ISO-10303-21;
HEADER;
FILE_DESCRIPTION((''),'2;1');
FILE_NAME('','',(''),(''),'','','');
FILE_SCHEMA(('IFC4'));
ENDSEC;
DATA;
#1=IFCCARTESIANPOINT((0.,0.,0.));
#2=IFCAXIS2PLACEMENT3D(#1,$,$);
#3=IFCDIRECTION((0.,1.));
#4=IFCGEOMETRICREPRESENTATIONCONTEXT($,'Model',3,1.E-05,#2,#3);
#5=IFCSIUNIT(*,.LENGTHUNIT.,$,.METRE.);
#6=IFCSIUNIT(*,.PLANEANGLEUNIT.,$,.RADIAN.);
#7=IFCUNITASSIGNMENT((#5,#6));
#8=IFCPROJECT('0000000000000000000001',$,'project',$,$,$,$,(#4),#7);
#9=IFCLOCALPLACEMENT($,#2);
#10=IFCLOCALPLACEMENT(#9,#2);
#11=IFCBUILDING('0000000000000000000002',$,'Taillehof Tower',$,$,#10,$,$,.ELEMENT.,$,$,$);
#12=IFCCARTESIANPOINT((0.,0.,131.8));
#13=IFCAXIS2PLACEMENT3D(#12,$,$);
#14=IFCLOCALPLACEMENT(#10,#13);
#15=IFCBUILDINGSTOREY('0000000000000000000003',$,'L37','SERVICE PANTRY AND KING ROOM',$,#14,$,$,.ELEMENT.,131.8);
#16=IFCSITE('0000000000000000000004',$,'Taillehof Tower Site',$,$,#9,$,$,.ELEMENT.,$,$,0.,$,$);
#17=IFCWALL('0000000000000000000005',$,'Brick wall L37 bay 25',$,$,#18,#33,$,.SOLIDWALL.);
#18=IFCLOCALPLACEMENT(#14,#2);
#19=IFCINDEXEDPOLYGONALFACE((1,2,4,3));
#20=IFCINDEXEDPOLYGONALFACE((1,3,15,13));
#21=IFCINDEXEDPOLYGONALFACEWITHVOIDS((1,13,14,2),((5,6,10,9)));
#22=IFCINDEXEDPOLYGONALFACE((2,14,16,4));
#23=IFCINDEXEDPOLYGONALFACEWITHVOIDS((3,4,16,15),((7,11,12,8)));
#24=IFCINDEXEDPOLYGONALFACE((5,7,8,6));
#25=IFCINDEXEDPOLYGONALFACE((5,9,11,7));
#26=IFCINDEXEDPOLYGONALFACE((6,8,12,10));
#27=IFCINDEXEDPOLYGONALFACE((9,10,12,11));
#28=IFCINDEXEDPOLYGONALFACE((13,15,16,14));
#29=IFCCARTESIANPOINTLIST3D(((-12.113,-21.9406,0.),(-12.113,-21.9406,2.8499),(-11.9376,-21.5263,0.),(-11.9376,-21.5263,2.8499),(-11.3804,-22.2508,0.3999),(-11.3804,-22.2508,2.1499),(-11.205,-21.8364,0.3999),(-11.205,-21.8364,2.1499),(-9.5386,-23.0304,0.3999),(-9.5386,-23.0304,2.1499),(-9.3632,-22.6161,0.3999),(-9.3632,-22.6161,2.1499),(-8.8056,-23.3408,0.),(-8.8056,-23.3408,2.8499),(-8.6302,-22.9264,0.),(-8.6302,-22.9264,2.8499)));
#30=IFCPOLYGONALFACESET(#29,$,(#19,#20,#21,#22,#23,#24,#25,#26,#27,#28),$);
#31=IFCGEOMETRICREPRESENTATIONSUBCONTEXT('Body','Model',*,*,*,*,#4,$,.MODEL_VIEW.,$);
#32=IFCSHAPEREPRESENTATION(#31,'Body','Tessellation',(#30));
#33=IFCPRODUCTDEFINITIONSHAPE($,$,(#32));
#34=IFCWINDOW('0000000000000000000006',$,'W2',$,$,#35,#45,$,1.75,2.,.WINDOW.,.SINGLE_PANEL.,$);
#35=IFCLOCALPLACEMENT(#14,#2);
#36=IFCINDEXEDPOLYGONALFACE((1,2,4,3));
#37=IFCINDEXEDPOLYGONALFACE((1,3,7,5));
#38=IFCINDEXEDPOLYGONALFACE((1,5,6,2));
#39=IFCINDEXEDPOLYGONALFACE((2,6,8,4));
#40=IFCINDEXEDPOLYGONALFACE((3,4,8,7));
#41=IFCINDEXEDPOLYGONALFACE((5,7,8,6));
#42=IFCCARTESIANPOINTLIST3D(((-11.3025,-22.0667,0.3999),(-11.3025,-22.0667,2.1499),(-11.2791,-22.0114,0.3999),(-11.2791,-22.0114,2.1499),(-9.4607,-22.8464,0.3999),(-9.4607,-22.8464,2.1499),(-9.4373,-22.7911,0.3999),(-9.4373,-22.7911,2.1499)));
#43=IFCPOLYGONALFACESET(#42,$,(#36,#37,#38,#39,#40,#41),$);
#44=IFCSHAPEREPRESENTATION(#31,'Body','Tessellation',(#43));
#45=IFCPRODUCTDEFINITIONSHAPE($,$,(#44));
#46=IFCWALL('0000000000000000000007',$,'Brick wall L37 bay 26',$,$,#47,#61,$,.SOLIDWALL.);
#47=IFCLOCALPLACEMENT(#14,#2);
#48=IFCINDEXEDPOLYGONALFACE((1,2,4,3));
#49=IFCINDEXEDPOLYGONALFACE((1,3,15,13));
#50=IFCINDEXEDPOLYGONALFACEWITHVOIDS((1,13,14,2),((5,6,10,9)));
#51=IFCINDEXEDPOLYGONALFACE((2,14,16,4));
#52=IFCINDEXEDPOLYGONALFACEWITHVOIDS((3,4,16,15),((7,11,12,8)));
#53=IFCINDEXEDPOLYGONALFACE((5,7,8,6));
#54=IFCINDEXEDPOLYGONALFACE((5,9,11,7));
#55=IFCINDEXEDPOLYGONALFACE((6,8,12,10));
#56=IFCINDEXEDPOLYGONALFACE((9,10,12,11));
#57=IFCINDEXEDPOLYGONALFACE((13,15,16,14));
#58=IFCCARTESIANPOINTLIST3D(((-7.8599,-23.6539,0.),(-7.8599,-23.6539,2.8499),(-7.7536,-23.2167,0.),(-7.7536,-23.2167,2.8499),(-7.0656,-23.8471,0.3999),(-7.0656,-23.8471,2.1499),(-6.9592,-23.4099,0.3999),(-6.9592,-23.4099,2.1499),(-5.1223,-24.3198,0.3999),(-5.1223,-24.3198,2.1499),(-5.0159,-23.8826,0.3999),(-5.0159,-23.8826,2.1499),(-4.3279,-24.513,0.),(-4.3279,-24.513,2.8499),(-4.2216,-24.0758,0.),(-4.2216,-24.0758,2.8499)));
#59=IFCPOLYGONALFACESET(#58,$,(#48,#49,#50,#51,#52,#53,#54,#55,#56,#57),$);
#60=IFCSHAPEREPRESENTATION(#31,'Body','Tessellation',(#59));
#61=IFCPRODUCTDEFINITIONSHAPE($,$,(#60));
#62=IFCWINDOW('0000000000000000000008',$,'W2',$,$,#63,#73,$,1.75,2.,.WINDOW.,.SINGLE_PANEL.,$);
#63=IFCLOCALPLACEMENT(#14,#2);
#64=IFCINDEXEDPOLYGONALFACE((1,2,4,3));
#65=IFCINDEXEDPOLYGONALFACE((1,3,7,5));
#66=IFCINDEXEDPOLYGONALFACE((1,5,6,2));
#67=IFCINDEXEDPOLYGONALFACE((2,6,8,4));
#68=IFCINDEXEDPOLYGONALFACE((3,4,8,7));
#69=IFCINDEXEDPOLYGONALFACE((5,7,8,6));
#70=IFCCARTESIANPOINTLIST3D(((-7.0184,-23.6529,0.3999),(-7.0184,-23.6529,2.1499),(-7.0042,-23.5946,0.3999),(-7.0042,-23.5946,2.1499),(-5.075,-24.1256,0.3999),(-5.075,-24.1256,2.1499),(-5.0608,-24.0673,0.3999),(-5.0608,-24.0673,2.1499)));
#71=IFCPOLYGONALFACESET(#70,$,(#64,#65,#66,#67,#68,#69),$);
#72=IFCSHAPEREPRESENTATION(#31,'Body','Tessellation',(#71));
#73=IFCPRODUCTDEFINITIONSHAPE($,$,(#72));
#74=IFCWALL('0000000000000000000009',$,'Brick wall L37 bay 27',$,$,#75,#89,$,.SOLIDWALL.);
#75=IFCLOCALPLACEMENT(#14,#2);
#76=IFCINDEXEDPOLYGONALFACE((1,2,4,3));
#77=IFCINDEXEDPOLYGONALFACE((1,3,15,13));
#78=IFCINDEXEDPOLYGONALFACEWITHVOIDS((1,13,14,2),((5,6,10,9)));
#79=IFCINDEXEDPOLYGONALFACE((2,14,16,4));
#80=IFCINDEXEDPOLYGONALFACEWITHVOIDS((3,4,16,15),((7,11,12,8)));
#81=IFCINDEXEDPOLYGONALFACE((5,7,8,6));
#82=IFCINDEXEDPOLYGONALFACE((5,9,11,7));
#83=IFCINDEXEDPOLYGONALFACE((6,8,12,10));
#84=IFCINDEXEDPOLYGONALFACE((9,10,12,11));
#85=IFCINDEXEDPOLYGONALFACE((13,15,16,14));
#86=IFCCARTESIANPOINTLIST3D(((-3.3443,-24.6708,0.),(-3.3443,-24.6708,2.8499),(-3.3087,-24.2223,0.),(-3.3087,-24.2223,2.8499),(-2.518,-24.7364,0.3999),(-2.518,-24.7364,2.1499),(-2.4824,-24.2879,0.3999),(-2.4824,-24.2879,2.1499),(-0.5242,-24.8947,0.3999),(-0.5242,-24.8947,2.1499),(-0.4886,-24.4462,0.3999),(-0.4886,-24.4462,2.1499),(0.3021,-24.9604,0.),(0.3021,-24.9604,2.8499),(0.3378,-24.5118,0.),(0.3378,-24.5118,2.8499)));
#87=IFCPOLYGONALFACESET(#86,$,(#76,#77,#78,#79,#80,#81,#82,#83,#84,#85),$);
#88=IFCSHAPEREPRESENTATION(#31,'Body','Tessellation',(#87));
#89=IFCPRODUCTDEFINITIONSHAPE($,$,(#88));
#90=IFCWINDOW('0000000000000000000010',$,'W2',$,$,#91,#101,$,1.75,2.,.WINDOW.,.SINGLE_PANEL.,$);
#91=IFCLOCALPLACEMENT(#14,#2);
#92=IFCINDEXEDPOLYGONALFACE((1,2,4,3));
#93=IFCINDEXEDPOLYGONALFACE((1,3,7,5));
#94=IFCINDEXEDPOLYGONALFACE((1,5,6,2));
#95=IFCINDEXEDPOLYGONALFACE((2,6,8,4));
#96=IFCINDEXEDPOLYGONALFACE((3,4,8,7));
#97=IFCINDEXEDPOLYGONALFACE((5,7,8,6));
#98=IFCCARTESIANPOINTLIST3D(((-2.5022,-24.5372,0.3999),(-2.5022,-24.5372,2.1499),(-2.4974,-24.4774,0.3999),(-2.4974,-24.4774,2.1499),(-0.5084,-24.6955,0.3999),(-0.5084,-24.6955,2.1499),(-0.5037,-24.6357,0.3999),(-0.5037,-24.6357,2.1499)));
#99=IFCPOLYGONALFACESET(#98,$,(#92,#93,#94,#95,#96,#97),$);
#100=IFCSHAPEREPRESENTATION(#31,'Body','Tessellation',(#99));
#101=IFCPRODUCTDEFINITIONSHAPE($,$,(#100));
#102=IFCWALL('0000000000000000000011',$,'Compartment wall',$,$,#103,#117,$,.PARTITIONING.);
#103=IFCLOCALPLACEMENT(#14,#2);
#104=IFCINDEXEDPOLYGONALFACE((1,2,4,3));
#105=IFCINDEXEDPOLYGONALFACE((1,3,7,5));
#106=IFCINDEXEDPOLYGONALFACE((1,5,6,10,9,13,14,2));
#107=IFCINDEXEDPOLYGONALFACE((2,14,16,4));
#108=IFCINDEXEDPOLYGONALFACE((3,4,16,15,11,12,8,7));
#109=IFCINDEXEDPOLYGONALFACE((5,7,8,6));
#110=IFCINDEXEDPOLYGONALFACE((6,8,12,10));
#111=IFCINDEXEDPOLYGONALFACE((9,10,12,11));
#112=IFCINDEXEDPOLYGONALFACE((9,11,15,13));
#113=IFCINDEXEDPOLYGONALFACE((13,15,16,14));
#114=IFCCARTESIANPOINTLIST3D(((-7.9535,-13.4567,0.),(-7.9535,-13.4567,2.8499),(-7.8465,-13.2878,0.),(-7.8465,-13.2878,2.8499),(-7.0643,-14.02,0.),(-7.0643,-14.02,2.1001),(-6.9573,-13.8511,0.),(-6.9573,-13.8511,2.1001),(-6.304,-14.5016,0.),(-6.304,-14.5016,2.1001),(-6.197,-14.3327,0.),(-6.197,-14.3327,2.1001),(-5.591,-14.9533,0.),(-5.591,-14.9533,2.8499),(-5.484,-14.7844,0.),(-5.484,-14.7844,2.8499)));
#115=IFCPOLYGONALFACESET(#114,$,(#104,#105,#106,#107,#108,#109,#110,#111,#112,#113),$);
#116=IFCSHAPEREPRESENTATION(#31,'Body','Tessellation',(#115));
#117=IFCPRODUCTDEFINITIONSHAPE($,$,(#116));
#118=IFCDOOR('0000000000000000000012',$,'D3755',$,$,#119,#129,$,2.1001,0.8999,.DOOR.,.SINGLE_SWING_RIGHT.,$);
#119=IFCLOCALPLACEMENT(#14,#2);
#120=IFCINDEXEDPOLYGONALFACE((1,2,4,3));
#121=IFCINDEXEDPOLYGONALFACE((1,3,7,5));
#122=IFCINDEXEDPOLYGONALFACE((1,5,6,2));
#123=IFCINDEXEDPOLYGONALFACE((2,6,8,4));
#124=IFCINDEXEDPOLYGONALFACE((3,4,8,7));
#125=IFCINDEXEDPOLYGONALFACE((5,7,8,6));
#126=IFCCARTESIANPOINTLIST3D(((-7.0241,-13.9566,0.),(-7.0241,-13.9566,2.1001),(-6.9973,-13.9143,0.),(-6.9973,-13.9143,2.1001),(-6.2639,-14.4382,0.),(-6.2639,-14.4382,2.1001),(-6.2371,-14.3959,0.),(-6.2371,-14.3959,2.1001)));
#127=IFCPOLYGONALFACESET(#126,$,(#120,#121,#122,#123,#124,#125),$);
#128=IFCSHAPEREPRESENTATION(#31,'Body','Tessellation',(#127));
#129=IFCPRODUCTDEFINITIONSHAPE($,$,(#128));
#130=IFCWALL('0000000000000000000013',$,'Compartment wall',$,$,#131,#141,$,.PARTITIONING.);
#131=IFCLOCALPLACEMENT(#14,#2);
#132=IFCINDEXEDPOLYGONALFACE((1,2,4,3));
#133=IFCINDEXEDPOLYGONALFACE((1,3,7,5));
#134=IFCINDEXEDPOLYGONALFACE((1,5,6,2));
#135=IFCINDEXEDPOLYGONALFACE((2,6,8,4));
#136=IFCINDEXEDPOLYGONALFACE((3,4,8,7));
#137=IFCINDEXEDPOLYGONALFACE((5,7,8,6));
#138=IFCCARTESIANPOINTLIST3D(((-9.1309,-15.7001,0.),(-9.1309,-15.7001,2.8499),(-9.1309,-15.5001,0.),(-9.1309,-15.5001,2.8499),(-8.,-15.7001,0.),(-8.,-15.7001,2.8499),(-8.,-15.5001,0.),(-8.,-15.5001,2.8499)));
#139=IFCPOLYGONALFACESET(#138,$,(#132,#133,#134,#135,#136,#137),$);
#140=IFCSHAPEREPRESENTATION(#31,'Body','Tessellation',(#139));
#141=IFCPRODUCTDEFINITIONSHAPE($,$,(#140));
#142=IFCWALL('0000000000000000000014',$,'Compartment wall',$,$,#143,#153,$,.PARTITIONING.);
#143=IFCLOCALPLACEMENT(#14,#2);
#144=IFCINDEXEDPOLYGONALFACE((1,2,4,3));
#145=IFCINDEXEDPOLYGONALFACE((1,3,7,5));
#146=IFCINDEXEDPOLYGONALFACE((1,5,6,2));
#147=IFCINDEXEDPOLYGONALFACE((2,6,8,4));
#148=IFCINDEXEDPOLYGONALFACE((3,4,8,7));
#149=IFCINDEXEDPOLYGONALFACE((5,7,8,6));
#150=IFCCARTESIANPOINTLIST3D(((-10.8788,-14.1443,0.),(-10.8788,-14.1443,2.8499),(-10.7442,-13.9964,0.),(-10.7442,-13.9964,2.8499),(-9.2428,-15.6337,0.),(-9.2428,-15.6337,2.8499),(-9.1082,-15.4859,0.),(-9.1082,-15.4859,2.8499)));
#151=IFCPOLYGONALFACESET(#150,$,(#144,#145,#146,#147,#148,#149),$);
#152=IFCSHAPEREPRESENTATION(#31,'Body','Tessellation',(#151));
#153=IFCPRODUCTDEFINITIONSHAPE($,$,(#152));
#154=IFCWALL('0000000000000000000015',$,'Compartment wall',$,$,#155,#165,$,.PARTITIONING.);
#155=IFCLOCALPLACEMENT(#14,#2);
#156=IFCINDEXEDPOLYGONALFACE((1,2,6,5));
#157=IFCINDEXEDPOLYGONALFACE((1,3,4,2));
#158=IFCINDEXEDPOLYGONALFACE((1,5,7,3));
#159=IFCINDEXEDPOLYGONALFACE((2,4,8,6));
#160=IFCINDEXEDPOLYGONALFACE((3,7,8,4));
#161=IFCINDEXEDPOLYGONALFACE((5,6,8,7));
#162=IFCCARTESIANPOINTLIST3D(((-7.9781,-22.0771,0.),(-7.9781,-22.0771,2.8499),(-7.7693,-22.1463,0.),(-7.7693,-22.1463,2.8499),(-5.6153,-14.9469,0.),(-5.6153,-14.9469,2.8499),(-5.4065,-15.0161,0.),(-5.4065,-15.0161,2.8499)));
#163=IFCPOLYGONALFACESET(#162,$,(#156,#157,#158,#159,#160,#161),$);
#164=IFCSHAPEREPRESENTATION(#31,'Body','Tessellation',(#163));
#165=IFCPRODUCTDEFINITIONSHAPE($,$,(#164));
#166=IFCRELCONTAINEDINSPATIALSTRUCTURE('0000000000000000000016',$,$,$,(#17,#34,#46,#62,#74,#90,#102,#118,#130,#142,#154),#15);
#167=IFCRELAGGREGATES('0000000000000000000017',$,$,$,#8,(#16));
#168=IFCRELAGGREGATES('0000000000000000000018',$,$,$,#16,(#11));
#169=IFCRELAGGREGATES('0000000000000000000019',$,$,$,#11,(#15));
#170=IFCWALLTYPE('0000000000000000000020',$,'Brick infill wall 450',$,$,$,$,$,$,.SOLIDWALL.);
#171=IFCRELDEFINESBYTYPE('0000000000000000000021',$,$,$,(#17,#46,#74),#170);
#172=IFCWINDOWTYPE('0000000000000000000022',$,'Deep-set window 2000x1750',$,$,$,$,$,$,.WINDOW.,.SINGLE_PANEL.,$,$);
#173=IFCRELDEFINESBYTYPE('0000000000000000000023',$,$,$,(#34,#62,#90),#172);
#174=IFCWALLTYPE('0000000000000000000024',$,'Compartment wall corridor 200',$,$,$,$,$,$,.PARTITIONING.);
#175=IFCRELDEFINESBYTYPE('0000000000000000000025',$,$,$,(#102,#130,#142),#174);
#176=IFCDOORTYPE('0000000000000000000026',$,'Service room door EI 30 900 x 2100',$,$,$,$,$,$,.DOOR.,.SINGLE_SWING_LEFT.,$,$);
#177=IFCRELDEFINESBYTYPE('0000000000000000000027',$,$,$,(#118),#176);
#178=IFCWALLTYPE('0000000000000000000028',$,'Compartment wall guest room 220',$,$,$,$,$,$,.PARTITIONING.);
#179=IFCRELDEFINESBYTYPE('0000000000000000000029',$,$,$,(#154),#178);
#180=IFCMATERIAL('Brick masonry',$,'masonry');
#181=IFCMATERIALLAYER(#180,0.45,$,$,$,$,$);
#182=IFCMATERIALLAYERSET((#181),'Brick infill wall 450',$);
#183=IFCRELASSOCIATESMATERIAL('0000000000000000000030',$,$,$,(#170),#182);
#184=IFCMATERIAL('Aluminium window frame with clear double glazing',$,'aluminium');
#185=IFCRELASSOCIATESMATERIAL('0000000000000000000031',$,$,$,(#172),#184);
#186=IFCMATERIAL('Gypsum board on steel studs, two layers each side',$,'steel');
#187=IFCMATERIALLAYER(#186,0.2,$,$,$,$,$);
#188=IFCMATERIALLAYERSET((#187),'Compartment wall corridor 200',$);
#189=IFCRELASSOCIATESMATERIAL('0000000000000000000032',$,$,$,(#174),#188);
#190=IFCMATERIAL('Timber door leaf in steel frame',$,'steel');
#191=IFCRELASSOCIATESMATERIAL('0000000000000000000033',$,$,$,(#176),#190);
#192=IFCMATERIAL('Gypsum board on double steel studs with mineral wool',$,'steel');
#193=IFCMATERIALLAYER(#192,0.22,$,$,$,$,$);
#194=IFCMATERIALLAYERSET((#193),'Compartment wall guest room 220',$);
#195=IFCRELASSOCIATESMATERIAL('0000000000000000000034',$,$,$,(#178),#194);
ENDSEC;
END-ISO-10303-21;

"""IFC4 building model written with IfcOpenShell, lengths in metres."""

from ifc_helpers import new_model, si_unit, direction, frame, frame_2d, origin, place, context, subcontext, project, spatial, rectangle, extrude, material, layer, layer_set, type_object, element, fill, save


model = new_model("IFC4")

# Units and contexts
model_context = context("Model", 3, precision=1e-05, world=origin(), true_north=direction((0.0, 1.0)))
body_context = subcontext(model_context, "Body", "Model", "MODEL_VIEW")
ifc_project = project(units=[si_unit("LENGTHUNIT", "METRE"), si_unit("PLANEANGLEUNIT", "RADIAN")], contexts=[model_context])

# Site, building, storey
site_placement = place(None, origin())
site = spatial("IfcSite", under=ifc_project, at=site_placement, Name="Taillehof Tower Site", CompositionType="ELEMENT", RefElevation=0.0)
building_placement = place(site_placement, origin())
building = spatial("IfcBuilding", under=site, at=building_placement, Name="Taillehof Tower", CompositionType="ELEMENT")
storey_placement = place(building_placement, frame((0.0, 0.0, 131.8)))
storey = spatial("IfcBuildingStorey", under=building, at=storey_placement, Name="L37", Description="SERVICE PANTRY AND KING ROOM", CompositionType="ELEMENT", Elevation=131.8)

# Walls, openings, windows
ifc_material_1 = material(Name="Brick masonry", Category="masonry")
ifc_layer_1 = layer(ifc_material_1, 0.45)
ifc_layer_set_1 = layer_set([ifc_layer_1], Name="Brick infill wall 450")
wall_type_1 = type_object("IfcWallType", Name="Brick infill wall 450", PredefinedType="SOLIDWALL", material=ifc_layer_set_1)
wall_1_placement = place(storey_placement, frame((-12.0254, -21.7334, 0.0), z_axis=(0.0, 0.0, 1.0), x_axis=(0.92088, -0.389846, 0.0)))
wall_1 = element("IfcWall", 1, at=wall_1_placement, inside=storey, type_object=wall_type_1, Name="Brick wall L37 bay 25", PredefinedType="SOLIDWALL", context=body_context, shape_type="SweptSolid", body=[
    extrude(rectangle(XDim=3.5916, YDim=0.45, at=frame_2d((1.7959, 0.0))), origin(), (0.0, 0.0, 1.0), 2.8499),
])
opening_1_placement = place(wall_1_placement, frame((0.7957, 0.0, 0.3999)))
opening_1 = element("IfcOpeningElement", 2, at=opening_1_placement, cuts=wall_1, PredefinedType="OPENING", context=body_context, shape_type="SweptSolid", body=[
    extrude(rectangle(XDim=2.0, YDim=1.75, at=frame_2d((1.0, 0.875))), frame((0.0, 0.2349, 0.0), z_axis=(0.0, -1.0, 0.0), x_axis=(1.0, 0.0, 0.0)), (0.0, 0.0, 1.0), 0.47),
])
ifc_material_2 = material(Name="Aluminium window frame with clear double glazing", Category="aluminium")
window_type = type_object("IfcWindowType", Name="Deep-set window 2000x1750", PartitioningType="SINGLE_PANEL", PredefinedType="WINDOW", material=ifc_material_2)
window_1_placement = place(opening_1_placement, origin())
window_1 = element("IfcWindow", 3, at=window_1_placement, inside=storey, type_object=window_type, Name="W2", OverallHeight=1.75, OverallWidth=2.0, PartitioningType="SINGLE_PANEL", PredefinedType="WINDOW", context=body_context, shape_type="SweptSolid", body=[
    extrude(rectangle(XDim=2.0, YDim=1.75, at=frame_2d((1.0, 0.875))), frame((0.0, 0.0349, 0.0), z_axis=(0.0, -1.0, 0.0), x_axis=(1.0, 0.0, 0.0)), (0.0, 0.0, 1.0), 0.0601),
])
fill(opening_1, window_1)
wall_2_placement = place(storey_placement, frame((-7.8066, -23.4353, 0.0), z_axis=(0.0, 0.0, 1.0), x_axis=(0.971668, -0.236352, 0.0)))
wall_2 = element("IfcWall", 4, at=wall_2_placement, inside=storey, type_object=wall_type_1, Name="Brick wall L37 bay 26", PredefinedType="SOLIDWALL", context=body_context, shape_type="SweptSolid", body=[
    extrude(rectangle(XDim=3.635, YDim=0.45, at=frame_2d((1.8174, 0.0))), origin(), (0.0, 0.0, 1.0), 2.8499),
])
opening_2_placement = place(wall_2_placement, frame((0.8174, 0.0, 0.3999)))
opening_2 = element("IfcOpeningElement", 5, at=opening_2_placement, cuts=wall_2, PredefinedType="OPENING", context=body_context, shape_type="SweptSolid", body=[
    extrude(rectangle(XDim=2.0, YDim=1.75, at=frame_2d((1.0, 0.875))), frame((0.0, 0.2349, 0.0), z_axis=(0.0, -1.0, 0.0), x_axis=(1.0, 0.0, 0.0)), (0.0, 0.0, 1.0), 0.47),
])
window_2_placement = place(opening_2_placement, origin())
window_2 = element("IfcWindow", 6, at=window_2_placement, inside=storey, type_object=window_type, Name="W2", OverallHeight=1.75, OverallWidth=2.0, PartitioningType="SINGLE_PANEL", PredefinedType="WINDOW", context=body_context, shape_type="SweptSolid", body=[
    extrude(rectangle(XDim=2.0, YDim=1.75, at=frame_2d((1.0, 0.875))), frame((0.0, 0.0349, 0.0), z_axis=(0.0, -1.0, 0.0), x_axis=(1.0, 0.0, 0.0)), (0.0, 0.0, 1.0), 0.0601),
])
fill(opening_2, window_2)
wall_3_placement = place(storey_placement, frame((-3.3267, -24.4465, 0.0), z_axis=(0.0, 0.0, 1.0), x_axis=(0.996862, -0.079156, 0.0)))
wall_3 = element("IfcWall", 7, at=wall_3_placement, inside=storey, type_object=wall_type_1, Name="Brick wall L37 bay 27", PredefinedType="SOLIDWALL", context=body_context, shape_type="SweptSolid", body=[
    extrude(rectangle(XDim=3.658, YDim=0.45, at=frame_2d((1.8291, 0.0))), origin(), (0.0, 0.0, 1.0), 2.8499),
])
opening_3_placement = place(wall_3_placement, frame((0.8291, 0.0, 0.3999)))
opening_3 = element("IfcOpeningElement", 8, at=opening_3_placement, cuts=wall_3, PredefinedType="OPENING", context=body_context, shape_type="SweptSolid", body=[
    extrude(rectangle(XDim=2.0, YDim=1.75, at=frame_2d((1.0, 0.875))), frame((0.0, 0.2349, 0.0), z_axis=(0.0, -1.0, 0.0), x_axis=(1.0, 0.0, 0.0)), (0.0, 0.0, 1.0), 0.47),
])
window_3_placement = place(opening_3_placement, origin())
window_3 = element("IfcWindow", 9, at=window_3_placement, inside=storey, type_object=window_type, Name="W2", OverallHeight=1.75, OverallWidth=2.0, PartitioningType="SINGLE_PANEL", PredefinedType="WINDOW", context=body_context, shape_type="SweptSolid", body=[
    extrude(rectangle(XDim=2.0, YDim=1.75, at=frame_2d((1.0, 0.875))), frame((0.0, 0.0349, 0.0), z_axis=(0.0, -1.0, 0.0), x_axis=(1.0, 0.0, 0.0)), (0.0, 0.0, 1.0), 0.0601),
])
fill(opening_3, window_3)

# Wall, opening, door
ifc_material_3 = material(Name="Gypsum board on steel studs, two layers each side", Category="steel")
ifc_layer_2 = layer(ifc_material_3, 0.2)
ifc_layer_set_2 = layer_set([ifc_layer_2], Name="Compartment wall corridor 200")
wall_type_2 = type_object("IfcWallType", Name="Compartment wall corridor 200", PredefinedType="PARTITIONING", material=ifc_layer_set_2)
wall_4_placement = place(storey_placement, frame((-5.5374, -14.8689, 0.0), z_axis=(0.0, 0.0, 1.0), x_axis=(-0.84477, 0.535129, 0.0)))
wall_4 = element("IfcWall", 10, at=wall_4_placement, inside=storey, type_object=wall_type_2, Name="Compartment wall", PredefinedType="PARTITIONING", context=body_context, shape_type="SweptSolid", body=[
    extrude(rectangle(XDim=2.7966, YDim=0.2, at=frame_2d((1.3984, 0.0))), origin(), (0.0, 0.0, 1.0), 2.8499),
])
opening_4_placement = place(wall_4_placement, frame((0.8442, 0.0, 0.0)))
opening_4 = element("IfcOpeningElement", 11, at=opening_4_placement, cuts=wall_4, PredefinedType="OPENING", context=body_context, shape_type="SweptSolid", body=[
    extrude(rectangle(XDim=0.8999, YDim=2.1001, at=frame_2d((0.45, 1.05))), frame((0.0, 0.1099, 0.0), z_axis=(0.0, -1.0, 0.0), x_axis=(1.0, 0.0, 0.0)), (0.0, 0.0, 1.0), 0.22),
])
ifc_material_4 = material(Name="Timber door leaf in steel frame", Category="steel")
door_type_1 = type_object("IfcDoorType", Name="Service room door EI 30 900 x 2100", OperationType="SINGLE_SWING_LEFT", PredefinedType="DOOR", material=ifc_material_4)
door_1_placement = place(opening_4_placement, origin())
door_1 = element("IfcDoor", 12, at=door_1_placement, inside=storey, type_object=door_type_1, Name="D3755", OperationType="SINGLE_SWING_RIGHT", OverallHeight=2.1001, OverallWidth=0.8999, PredefinedType="DOOR", context=body_context, shape_type="SweptSolid", body=[
    extrude(rectangle(XDim=0.8999, YDim=2.1001, at=frame_2d((0.45, 1.05))), frame((0.0, 0.0249, 0.0), z_axis=(0.0, -1.0, 0.0), x_axis=(1.0, 0.0, 0.0)), (0.0, 0.0, 1.0), 0.05),
])
fill(opening_4, door_1)

# Walls
wall_5_placement = place(storey_placement, frame((-8.0, -15.6001, 0.0), z_axis=(0.0, 0.0, 1.0), x_axis=(-1.0, 0.0, 0.0)))
element("IfcWall", 13, at=wall_5_placement, inside=storey, type_object=wall_type_2, Name="Compartment wall", PredefinedType="PARTITIONING", context=body_context, shape_type="SweptSolid", body=[
    extrude(rectangle(XDim=1.1309, YDim=0.2, at=frame_2d((0.5654, 0.0))), origin(), (0.0, 0.0, 1.0), 2.8499),
])
wall_6_placement = place(storey_placement, frame((-9.1755, -15.5598, 0.0), z_axis=(0.0, 0.0, 1.0), x_axis=(-0.739436, 0.673227, 0.0)))
element("IfcWall", 14, at=wall_6_placement, inside=storey, type_object=wall_type_2, Name="Compartment wall", PredefinedType="PARTITIONING", context=body_context, shape_type="SweptSolid", body=[
    extrude(rectangle(XDim=2.2124, YDim=0.2, at=frame_2d((1.1062, 0.0))), origin(), (0.0, 0.0, 1.0), 2.8499),
])
ifc_material_5 = material(Name="Gypsum board on double steel studs with mineral wool", Category="steel")
ifc_layer_3 = layer(ifc_material_5, 0.22)
ifc_layer_set_3 = layer_set([ifc_layer_3], Name="Compartment wall guest room 220")
wall_type_3 = type_object("IfcWallType", Name="Compartment wall guest room 220", PredefinedType="PARTITIONING", material=ifc_layer_set_3)
wall_7_placement = place(storey_placement, frame((-7.8738, -22.1118, 0.0), z_axis=(0.0, 0.0, 1.0), x_axis=(0.31456, 0.949238, 0.0)))
element("IfcWall", 15, at=wall_7_placement, inside=storey, type_object=wall_type_3, Name="Compartment wall", PredefinedType="PARTITIONING", context=body_context, shape_type="SweptSolid", body=[
    extrude(rectangle(XDim=7.5115, YDim=0.22, at=frame_2d((3.7559, 0.0))), origin(), (0.0, 0.0, 1.0), 2.8499),
])

save(model, "model.ifc")
